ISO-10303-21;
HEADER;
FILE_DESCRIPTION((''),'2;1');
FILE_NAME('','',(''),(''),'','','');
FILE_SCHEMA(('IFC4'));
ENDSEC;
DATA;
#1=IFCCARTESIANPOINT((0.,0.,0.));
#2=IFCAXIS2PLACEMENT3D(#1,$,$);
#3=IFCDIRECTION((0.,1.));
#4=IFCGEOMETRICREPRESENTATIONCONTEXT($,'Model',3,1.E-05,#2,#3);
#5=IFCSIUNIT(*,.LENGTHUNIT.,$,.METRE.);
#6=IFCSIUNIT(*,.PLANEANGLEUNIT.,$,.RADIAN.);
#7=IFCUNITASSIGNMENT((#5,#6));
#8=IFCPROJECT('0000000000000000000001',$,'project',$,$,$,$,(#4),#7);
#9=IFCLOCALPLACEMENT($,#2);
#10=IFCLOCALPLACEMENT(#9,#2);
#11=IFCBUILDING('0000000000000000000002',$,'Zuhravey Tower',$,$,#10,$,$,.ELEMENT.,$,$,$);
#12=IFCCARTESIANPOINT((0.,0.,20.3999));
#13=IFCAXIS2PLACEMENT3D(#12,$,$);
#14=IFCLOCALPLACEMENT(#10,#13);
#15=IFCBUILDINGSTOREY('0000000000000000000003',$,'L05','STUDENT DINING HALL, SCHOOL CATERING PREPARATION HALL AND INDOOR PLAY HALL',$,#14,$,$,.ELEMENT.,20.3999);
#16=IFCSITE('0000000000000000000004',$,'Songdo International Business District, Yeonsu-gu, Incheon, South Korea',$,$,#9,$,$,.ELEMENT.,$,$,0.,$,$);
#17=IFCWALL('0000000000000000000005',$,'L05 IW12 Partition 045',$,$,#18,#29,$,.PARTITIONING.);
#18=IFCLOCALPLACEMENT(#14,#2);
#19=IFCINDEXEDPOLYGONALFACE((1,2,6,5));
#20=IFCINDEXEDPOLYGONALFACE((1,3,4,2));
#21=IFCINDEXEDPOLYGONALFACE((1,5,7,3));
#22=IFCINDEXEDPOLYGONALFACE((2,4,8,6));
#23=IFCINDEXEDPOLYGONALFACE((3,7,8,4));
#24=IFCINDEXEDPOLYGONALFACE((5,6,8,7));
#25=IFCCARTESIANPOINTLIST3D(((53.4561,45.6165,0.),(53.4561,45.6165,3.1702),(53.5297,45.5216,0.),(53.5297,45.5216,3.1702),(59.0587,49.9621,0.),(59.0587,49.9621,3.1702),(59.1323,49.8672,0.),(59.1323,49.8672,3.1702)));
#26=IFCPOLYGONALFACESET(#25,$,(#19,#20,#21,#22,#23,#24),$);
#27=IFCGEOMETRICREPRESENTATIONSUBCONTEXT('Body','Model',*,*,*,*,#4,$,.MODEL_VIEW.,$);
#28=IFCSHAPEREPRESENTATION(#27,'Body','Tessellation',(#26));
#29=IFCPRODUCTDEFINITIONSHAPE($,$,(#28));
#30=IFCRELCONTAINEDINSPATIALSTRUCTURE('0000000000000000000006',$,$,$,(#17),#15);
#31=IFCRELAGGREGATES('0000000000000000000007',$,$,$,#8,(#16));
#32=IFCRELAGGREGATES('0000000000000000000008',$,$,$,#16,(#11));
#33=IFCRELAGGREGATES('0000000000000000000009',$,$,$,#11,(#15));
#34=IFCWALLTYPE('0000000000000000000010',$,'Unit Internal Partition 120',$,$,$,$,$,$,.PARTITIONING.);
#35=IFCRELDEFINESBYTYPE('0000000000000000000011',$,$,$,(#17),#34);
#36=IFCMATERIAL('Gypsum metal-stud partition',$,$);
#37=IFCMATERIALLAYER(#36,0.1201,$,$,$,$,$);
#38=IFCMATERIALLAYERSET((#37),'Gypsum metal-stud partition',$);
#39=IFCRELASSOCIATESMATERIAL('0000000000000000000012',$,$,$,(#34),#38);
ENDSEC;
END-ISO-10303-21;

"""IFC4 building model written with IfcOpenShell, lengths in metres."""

from ifc_helpers import new_model, si_unit, direction, frame, frame_2d, origin, place, context, subcontext, project, spatial, rectangle, extrude, material, layer, layer_set, type_object, element, save


model = new_model("IFC4")

# Units and contexts
model_context = context("Model", 3, precision=1e-05, world=origin(), true_north=direction((0.0, 1.0)))
body_context = subcontext(model_context, "Body", "Model", "MODEL_VIEW")
ifc_project = project(units=[si_unit("LENGTHUNIT", "METRE"), si_unit("PLANEANGLEUNIT", "RADIAN")], contexts=[model_context])

# Site, building, storey
site_placement = place(None, origin())
site = spatial("IfcSite", under=ifc_project, at=site_placement, Name="Songdo International Business District, Yeonsu-gu, Incheon, South Korea", CompositionType="ELEMENT", RefElevation=0.0)
building_placement = place(site_placement, origin())
building = spatial("IfcBuilding", under=site, at=building_placement, Name="Zuhravey Tower", CompositionType="ELEMENT")
storey_placement = place(building_placement, frame((0.0, 0.0, 20.3999)))
storey = spatial("IfcBuildingStorey", under=building, at=storey_placement, Name="L05", Description="STUDENT DINING HALL, SCHOOL CATERING PREPARATION HALL AND INDOOR PLAY HALL", CompositionType="ELEMENT", Elevation=20.3999)

# Wall
ifc_material_1 = material(Name="Gypsum metal-stud partition")
ifc_layer_1 = layer(ifc_material_1, 0.1201)
ifc_layer_set_1 = layer_set([ifc_layer_1], Name="Gypsum metal-stud partition")
wall_type_1 = type_object("IfcWallType", Name="Unit Internal Partition 120", PredefinedType="PARTITIONING", material=ifc_layer_set_1)
wall_1_placement = place(storey_placement, frame((53.4929, 45.5691, 0.0), z_axis=(0.0, 0.0, 1.0), x_axis=(0.790177, 0.612879, 0.0)))
element("IfcWall", 1, at=wall_1_placement, inside=storey, type_object=wall_type_1, Name="L05 IW12 Partition 045", PredefinedType="PARTITIONING", context=body_context, shape_type="SweptSolid", body=[
    extrude(rectangle(XDim=7.0903, YDim=0.1201, at=frame_2d((3.5452, 0.0))), origin(), (0.0, 0.0, 1.0), 3.1702),
])

save(model, "model.ifc")
